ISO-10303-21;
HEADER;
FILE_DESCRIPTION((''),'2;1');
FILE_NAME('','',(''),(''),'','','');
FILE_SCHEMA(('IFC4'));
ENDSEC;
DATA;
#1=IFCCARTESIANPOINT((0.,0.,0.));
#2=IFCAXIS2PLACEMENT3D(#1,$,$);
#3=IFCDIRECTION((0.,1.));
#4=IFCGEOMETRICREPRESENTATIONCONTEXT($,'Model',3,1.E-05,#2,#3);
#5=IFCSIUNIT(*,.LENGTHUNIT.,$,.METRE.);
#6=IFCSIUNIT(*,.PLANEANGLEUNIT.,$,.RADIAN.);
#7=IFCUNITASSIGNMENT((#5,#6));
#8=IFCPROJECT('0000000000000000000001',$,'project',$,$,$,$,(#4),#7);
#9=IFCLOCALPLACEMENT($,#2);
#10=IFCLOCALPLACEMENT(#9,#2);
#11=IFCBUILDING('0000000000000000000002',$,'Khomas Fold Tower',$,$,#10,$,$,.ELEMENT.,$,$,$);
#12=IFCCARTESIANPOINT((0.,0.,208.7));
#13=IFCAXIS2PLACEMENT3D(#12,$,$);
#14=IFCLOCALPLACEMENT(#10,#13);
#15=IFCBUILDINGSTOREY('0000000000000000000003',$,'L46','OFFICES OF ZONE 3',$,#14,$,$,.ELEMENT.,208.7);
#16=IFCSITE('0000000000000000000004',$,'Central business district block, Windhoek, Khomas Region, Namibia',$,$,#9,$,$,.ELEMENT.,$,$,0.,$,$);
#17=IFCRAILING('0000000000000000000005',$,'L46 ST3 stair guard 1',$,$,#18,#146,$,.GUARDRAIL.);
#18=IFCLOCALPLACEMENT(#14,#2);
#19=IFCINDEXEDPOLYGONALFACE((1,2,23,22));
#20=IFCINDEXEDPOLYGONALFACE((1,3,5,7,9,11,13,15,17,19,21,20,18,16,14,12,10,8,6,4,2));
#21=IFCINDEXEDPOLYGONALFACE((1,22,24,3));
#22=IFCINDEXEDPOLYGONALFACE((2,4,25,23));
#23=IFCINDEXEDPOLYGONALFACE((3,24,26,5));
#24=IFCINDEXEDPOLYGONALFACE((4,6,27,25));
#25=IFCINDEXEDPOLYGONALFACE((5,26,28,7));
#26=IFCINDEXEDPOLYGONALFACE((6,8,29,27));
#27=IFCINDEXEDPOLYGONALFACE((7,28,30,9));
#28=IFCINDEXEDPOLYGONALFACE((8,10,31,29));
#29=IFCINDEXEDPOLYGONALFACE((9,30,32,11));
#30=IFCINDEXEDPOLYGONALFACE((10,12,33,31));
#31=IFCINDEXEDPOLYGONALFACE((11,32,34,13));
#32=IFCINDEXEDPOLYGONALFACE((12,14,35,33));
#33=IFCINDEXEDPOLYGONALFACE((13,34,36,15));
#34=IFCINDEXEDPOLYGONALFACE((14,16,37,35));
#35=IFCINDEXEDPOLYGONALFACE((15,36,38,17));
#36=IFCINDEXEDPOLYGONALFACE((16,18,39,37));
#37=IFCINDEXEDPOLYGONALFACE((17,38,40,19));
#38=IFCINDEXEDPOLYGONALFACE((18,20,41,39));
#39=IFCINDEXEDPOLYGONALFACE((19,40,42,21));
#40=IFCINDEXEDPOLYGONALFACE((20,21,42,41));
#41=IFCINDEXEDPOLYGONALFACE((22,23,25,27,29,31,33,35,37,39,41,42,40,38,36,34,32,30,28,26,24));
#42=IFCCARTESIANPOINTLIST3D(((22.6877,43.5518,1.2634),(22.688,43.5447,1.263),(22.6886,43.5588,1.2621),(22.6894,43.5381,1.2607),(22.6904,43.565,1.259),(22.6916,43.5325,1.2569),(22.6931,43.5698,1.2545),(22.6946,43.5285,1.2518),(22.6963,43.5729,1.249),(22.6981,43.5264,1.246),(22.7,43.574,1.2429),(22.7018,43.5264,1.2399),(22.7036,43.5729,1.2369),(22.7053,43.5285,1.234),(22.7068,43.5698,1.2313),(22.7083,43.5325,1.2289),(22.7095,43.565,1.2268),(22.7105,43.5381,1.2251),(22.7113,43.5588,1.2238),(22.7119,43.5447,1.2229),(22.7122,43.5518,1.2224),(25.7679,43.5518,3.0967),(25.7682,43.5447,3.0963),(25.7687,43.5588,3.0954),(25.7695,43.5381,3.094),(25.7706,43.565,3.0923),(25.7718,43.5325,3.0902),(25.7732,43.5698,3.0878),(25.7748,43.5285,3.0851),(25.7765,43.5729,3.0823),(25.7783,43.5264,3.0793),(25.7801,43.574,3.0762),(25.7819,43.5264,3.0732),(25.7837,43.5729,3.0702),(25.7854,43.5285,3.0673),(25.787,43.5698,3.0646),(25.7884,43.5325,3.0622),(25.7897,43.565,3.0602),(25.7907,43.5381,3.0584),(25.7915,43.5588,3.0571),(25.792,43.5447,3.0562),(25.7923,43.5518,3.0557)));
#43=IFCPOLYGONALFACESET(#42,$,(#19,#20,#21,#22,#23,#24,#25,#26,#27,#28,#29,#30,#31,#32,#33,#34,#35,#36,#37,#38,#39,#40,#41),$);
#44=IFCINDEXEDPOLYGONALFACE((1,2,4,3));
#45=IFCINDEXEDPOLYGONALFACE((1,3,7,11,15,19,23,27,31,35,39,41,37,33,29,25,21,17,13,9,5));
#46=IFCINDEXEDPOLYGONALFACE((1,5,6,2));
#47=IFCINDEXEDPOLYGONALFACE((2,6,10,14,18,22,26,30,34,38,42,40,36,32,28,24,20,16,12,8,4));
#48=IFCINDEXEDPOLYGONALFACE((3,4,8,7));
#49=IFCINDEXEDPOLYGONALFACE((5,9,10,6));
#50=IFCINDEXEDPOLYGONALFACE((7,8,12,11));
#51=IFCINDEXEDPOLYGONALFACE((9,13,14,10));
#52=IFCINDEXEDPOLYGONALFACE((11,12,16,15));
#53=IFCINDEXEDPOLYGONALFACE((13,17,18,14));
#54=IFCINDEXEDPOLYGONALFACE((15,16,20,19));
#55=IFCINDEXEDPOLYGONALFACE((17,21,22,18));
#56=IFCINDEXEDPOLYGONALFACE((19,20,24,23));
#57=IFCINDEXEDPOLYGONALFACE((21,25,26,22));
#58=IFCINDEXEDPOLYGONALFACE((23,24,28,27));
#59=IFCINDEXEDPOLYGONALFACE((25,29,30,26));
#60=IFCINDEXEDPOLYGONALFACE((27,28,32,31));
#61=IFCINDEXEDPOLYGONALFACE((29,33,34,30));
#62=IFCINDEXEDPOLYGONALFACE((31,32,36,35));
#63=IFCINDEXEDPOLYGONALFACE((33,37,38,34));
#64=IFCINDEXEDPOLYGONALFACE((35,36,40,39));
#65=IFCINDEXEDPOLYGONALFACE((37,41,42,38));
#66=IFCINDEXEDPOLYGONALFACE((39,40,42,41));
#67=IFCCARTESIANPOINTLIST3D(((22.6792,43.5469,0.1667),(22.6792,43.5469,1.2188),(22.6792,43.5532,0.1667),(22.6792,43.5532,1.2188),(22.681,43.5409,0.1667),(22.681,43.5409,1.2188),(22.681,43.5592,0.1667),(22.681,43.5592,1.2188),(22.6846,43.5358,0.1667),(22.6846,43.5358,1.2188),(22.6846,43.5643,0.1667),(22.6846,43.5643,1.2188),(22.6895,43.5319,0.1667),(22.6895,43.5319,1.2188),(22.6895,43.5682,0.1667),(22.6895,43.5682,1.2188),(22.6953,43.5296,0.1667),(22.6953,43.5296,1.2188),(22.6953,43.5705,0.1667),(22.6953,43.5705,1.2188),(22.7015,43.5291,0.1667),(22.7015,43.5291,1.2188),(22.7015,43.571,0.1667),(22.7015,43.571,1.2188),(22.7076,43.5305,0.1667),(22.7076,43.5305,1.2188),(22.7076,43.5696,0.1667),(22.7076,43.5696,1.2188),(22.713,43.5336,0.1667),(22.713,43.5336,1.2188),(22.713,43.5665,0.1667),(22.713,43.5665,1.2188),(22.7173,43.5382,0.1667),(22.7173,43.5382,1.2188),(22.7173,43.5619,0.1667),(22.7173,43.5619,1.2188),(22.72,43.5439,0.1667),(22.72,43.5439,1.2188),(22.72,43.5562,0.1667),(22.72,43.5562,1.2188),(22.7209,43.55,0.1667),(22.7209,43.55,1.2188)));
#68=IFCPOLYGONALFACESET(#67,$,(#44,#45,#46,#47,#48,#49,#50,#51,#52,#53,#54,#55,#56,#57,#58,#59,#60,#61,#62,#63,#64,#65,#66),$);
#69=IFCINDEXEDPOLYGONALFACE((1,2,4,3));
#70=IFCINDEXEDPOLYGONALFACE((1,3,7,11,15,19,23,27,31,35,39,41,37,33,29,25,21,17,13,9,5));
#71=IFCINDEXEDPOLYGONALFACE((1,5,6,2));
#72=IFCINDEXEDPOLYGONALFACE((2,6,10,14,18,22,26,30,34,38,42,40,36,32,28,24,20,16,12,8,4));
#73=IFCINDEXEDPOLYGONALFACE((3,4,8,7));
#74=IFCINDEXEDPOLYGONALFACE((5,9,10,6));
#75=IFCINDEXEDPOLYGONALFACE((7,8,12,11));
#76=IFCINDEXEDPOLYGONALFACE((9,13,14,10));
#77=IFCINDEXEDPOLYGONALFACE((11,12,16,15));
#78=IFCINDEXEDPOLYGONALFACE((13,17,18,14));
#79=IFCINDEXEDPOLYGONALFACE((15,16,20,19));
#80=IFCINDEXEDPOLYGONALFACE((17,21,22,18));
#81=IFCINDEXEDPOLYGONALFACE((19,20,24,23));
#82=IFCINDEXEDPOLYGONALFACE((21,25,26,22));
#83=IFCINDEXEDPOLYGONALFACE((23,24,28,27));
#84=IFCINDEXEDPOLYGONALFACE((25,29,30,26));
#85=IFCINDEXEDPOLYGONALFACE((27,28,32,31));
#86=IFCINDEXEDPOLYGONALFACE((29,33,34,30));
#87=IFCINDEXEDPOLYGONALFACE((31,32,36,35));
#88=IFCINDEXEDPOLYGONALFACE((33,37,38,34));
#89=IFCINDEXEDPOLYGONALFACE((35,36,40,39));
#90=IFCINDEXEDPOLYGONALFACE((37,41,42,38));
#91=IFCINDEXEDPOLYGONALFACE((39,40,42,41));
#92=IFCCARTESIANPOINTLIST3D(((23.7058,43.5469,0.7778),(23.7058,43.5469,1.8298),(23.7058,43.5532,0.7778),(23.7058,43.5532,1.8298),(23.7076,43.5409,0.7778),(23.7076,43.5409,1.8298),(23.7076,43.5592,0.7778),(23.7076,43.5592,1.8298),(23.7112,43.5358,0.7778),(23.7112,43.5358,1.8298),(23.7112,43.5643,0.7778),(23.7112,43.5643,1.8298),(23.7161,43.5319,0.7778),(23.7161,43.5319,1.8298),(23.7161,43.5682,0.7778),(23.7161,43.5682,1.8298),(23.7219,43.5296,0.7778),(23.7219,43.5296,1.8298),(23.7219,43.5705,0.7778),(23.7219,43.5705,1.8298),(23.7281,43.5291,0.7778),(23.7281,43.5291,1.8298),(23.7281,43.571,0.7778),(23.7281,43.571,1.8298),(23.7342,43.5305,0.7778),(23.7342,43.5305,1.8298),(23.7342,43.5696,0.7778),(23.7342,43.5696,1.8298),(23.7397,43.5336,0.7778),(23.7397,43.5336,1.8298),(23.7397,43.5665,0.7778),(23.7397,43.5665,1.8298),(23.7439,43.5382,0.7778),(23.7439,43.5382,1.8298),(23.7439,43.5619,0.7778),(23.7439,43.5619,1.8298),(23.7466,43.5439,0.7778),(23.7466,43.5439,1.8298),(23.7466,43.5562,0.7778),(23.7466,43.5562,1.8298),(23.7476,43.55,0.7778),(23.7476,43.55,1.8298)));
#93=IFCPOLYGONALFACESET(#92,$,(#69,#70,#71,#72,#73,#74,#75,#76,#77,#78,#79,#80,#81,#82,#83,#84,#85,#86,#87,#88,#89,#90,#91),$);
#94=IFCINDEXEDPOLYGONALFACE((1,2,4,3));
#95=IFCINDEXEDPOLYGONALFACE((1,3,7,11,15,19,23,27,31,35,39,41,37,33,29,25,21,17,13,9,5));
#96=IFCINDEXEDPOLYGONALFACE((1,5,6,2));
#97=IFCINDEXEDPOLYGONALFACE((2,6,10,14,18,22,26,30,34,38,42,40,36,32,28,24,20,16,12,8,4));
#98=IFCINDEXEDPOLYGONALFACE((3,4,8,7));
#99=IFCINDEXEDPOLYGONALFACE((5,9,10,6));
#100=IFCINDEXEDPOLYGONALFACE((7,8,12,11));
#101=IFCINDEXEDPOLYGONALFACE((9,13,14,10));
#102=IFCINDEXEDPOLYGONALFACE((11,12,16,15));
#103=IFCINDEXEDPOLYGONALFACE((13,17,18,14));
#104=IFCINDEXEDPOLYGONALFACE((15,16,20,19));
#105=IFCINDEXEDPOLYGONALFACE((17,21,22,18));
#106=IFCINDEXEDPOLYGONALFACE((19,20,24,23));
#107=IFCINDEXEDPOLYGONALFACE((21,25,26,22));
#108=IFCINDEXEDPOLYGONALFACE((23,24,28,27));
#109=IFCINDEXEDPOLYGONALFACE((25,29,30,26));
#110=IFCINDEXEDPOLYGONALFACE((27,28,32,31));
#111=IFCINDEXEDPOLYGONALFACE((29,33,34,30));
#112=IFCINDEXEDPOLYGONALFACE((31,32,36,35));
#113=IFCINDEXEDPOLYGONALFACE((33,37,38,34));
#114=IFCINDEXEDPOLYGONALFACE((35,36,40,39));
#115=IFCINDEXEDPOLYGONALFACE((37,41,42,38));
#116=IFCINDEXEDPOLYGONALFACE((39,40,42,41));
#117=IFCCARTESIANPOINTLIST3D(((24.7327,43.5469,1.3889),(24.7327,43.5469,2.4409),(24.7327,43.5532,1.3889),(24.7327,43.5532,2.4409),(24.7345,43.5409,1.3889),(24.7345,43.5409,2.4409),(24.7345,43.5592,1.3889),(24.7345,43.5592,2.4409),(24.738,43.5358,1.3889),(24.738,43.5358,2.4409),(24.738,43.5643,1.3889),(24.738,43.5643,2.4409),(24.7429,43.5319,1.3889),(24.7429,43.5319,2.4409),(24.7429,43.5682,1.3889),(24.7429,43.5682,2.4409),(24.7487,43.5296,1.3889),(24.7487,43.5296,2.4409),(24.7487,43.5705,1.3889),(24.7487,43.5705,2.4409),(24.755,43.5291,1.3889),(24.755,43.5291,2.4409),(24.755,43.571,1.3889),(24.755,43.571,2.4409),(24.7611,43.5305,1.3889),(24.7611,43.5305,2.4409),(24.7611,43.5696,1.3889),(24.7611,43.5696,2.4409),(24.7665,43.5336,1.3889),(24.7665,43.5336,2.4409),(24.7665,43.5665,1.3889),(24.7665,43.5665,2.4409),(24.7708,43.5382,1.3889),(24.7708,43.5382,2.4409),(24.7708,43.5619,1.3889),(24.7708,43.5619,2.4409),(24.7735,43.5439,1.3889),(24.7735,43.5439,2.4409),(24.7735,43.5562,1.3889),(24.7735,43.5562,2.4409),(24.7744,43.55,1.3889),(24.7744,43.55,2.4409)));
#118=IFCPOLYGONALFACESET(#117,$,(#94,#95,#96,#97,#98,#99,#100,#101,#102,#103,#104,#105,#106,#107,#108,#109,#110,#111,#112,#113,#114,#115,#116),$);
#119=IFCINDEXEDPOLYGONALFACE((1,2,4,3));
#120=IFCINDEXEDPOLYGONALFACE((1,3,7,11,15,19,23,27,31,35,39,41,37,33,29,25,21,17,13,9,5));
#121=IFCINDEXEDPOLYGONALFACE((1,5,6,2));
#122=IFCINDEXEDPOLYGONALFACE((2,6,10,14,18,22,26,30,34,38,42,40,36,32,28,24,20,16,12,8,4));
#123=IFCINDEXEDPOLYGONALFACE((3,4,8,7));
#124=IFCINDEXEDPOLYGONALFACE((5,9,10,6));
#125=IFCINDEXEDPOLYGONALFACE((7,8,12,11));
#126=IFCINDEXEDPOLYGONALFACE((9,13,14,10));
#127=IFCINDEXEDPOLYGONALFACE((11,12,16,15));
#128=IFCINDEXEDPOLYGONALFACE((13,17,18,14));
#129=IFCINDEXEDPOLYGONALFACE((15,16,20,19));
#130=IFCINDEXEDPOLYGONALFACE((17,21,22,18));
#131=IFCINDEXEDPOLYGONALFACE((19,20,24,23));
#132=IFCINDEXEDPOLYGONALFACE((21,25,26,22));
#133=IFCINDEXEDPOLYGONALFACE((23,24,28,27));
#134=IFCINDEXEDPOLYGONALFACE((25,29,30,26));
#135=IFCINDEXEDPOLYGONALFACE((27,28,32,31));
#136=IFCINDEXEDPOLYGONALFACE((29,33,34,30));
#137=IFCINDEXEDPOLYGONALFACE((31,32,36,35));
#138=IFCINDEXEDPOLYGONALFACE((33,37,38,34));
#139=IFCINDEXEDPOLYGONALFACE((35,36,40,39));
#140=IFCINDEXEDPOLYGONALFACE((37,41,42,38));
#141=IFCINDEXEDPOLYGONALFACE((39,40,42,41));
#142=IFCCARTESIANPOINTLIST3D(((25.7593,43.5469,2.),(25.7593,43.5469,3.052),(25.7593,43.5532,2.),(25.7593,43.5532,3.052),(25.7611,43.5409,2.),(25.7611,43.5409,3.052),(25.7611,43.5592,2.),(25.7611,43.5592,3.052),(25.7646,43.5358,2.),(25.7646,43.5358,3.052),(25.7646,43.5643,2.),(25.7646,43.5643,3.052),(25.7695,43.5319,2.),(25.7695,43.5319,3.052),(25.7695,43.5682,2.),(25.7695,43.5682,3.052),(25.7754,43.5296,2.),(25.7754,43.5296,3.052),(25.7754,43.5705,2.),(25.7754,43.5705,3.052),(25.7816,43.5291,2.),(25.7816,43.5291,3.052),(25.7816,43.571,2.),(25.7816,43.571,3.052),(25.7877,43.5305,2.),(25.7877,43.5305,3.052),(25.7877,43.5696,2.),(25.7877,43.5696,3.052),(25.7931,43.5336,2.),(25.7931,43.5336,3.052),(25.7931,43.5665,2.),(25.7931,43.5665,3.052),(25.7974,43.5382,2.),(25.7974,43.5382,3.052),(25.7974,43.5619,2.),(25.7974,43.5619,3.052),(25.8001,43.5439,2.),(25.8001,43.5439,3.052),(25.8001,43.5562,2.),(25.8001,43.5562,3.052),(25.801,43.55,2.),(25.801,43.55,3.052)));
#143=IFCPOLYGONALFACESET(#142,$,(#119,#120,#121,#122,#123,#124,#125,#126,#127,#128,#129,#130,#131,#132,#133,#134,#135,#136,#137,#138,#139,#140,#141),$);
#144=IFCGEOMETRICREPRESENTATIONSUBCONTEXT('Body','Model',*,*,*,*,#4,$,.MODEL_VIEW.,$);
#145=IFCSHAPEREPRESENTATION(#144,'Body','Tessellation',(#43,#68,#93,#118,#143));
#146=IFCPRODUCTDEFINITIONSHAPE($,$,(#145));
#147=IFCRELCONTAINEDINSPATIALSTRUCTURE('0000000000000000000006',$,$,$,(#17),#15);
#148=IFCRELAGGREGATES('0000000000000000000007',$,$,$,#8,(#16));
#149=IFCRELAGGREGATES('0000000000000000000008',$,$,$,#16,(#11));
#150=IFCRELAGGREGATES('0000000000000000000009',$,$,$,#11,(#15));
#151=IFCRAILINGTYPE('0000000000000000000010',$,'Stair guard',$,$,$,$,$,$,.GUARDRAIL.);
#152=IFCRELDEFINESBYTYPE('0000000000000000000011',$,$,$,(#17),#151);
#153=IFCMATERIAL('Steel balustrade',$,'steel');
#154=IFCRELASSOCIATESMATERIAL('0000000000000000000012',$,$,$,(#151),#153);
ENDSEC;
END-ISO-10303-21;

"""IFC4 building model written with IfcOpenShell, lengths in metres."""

from ifc_helpers import new_model, si_unit, direction, frame, origin, origin_2d, place, context, subcontext, project, spatial, circle, extrude, source, transform, mapped, material, type_object, element, save


model = new_model("IFC4")

# Units and contexts
model_context = context("Model", 3, precision=1e-05, world=origin(), true_north=direction((0.0, 1.0)))
body_context = subcontext(model_context, "Body", "Model", "MODEL_VIEW")
ifc_project = project(units=[si_unit("LENGTHUNIT", "METRE"), si_unit("PLANEANGLEUNIT", "RADIAN")], contexts=[model_context])

# Site, building, storey
site_placement = place(None, origin())
site = spatial("IfcSite", under=ifc_project, at=site_placement, Name="Central business district block, Windhoek, Khomas Region, Namibia", CompositionType="ELEMENT", RefElevation=0.0)
building_placement = place(site_placement, origin())
building = spatial("IfcBuilding", under=site, at=building_placement, Name="Khomas Fold Tower", CompositionType="ELEMENT")
storey_placement = place(building_placement, frame((0.0, 0.0, 208.7)))
storey = spatial("IfcBuildingStorey", under=building, at=storey_placement, Name="L46", Description="OFFICES OF ZONE 3", CompositionType="ELEMENT", Elevation=208.7)

# Railing
ifc_material_1 = material(Name="Steel balustrade", Category="steel")
railing_type_1 = type_object("IfcRailingType", Name="Stair guard", PredefinedType="GUARDRAIL", material=ifc_material_1)
shared_shape_1 = source(origin(), body_context, "Body", "SweptSolid", [
    extrude(circle(Radius=0.0239, at=origin_2d()), frame((0.0, 0.0, 1.0762), z_axis=(0.859309, 0.0, 0.511458), x_axis=(0.0, 1.0, 0.0)), (0.0, 0.0, 1.0), 3.5845),
    extrude(circle(Radius=0.021, at=origin_2d()), origin(), (0.0, 0.0, 1.0), 1.052),
    extrude(circle(Radius=0.021, at=origin_2d()), frame((1.0266, 0.0, 0.6111)), (0.0, 0.0, 1.0), 1.052),
    extrude(circle(Radius=0.021, at=origin_2d()), frame((2.0535, 0.0, 1.2222)), (0.0, 0.0, 1.0), 1.052),
    extrude(circle(Radius=0.021, at=origin_2d()), frame((3.0801, 0.0, 1.8333)), (0.0, 0.0, 1.0), 1.052),
])
railing_1_placement = place(storey_placement, frame((22.7, 43.55, 0.1667)))
element("IfcRailing", 1, at=railing_1_placement, inside=storey, type_object=railing_type_1, Name="L46 ST3 stair guard 1", PredefinedType="GUARDRAIL", context=body_context, shape_type="MappedRepresentation", body=[
    mapped(shared_shape_1, transform((0.0, 0.0, 0.0))),
])

save(model, "model.ifc")
